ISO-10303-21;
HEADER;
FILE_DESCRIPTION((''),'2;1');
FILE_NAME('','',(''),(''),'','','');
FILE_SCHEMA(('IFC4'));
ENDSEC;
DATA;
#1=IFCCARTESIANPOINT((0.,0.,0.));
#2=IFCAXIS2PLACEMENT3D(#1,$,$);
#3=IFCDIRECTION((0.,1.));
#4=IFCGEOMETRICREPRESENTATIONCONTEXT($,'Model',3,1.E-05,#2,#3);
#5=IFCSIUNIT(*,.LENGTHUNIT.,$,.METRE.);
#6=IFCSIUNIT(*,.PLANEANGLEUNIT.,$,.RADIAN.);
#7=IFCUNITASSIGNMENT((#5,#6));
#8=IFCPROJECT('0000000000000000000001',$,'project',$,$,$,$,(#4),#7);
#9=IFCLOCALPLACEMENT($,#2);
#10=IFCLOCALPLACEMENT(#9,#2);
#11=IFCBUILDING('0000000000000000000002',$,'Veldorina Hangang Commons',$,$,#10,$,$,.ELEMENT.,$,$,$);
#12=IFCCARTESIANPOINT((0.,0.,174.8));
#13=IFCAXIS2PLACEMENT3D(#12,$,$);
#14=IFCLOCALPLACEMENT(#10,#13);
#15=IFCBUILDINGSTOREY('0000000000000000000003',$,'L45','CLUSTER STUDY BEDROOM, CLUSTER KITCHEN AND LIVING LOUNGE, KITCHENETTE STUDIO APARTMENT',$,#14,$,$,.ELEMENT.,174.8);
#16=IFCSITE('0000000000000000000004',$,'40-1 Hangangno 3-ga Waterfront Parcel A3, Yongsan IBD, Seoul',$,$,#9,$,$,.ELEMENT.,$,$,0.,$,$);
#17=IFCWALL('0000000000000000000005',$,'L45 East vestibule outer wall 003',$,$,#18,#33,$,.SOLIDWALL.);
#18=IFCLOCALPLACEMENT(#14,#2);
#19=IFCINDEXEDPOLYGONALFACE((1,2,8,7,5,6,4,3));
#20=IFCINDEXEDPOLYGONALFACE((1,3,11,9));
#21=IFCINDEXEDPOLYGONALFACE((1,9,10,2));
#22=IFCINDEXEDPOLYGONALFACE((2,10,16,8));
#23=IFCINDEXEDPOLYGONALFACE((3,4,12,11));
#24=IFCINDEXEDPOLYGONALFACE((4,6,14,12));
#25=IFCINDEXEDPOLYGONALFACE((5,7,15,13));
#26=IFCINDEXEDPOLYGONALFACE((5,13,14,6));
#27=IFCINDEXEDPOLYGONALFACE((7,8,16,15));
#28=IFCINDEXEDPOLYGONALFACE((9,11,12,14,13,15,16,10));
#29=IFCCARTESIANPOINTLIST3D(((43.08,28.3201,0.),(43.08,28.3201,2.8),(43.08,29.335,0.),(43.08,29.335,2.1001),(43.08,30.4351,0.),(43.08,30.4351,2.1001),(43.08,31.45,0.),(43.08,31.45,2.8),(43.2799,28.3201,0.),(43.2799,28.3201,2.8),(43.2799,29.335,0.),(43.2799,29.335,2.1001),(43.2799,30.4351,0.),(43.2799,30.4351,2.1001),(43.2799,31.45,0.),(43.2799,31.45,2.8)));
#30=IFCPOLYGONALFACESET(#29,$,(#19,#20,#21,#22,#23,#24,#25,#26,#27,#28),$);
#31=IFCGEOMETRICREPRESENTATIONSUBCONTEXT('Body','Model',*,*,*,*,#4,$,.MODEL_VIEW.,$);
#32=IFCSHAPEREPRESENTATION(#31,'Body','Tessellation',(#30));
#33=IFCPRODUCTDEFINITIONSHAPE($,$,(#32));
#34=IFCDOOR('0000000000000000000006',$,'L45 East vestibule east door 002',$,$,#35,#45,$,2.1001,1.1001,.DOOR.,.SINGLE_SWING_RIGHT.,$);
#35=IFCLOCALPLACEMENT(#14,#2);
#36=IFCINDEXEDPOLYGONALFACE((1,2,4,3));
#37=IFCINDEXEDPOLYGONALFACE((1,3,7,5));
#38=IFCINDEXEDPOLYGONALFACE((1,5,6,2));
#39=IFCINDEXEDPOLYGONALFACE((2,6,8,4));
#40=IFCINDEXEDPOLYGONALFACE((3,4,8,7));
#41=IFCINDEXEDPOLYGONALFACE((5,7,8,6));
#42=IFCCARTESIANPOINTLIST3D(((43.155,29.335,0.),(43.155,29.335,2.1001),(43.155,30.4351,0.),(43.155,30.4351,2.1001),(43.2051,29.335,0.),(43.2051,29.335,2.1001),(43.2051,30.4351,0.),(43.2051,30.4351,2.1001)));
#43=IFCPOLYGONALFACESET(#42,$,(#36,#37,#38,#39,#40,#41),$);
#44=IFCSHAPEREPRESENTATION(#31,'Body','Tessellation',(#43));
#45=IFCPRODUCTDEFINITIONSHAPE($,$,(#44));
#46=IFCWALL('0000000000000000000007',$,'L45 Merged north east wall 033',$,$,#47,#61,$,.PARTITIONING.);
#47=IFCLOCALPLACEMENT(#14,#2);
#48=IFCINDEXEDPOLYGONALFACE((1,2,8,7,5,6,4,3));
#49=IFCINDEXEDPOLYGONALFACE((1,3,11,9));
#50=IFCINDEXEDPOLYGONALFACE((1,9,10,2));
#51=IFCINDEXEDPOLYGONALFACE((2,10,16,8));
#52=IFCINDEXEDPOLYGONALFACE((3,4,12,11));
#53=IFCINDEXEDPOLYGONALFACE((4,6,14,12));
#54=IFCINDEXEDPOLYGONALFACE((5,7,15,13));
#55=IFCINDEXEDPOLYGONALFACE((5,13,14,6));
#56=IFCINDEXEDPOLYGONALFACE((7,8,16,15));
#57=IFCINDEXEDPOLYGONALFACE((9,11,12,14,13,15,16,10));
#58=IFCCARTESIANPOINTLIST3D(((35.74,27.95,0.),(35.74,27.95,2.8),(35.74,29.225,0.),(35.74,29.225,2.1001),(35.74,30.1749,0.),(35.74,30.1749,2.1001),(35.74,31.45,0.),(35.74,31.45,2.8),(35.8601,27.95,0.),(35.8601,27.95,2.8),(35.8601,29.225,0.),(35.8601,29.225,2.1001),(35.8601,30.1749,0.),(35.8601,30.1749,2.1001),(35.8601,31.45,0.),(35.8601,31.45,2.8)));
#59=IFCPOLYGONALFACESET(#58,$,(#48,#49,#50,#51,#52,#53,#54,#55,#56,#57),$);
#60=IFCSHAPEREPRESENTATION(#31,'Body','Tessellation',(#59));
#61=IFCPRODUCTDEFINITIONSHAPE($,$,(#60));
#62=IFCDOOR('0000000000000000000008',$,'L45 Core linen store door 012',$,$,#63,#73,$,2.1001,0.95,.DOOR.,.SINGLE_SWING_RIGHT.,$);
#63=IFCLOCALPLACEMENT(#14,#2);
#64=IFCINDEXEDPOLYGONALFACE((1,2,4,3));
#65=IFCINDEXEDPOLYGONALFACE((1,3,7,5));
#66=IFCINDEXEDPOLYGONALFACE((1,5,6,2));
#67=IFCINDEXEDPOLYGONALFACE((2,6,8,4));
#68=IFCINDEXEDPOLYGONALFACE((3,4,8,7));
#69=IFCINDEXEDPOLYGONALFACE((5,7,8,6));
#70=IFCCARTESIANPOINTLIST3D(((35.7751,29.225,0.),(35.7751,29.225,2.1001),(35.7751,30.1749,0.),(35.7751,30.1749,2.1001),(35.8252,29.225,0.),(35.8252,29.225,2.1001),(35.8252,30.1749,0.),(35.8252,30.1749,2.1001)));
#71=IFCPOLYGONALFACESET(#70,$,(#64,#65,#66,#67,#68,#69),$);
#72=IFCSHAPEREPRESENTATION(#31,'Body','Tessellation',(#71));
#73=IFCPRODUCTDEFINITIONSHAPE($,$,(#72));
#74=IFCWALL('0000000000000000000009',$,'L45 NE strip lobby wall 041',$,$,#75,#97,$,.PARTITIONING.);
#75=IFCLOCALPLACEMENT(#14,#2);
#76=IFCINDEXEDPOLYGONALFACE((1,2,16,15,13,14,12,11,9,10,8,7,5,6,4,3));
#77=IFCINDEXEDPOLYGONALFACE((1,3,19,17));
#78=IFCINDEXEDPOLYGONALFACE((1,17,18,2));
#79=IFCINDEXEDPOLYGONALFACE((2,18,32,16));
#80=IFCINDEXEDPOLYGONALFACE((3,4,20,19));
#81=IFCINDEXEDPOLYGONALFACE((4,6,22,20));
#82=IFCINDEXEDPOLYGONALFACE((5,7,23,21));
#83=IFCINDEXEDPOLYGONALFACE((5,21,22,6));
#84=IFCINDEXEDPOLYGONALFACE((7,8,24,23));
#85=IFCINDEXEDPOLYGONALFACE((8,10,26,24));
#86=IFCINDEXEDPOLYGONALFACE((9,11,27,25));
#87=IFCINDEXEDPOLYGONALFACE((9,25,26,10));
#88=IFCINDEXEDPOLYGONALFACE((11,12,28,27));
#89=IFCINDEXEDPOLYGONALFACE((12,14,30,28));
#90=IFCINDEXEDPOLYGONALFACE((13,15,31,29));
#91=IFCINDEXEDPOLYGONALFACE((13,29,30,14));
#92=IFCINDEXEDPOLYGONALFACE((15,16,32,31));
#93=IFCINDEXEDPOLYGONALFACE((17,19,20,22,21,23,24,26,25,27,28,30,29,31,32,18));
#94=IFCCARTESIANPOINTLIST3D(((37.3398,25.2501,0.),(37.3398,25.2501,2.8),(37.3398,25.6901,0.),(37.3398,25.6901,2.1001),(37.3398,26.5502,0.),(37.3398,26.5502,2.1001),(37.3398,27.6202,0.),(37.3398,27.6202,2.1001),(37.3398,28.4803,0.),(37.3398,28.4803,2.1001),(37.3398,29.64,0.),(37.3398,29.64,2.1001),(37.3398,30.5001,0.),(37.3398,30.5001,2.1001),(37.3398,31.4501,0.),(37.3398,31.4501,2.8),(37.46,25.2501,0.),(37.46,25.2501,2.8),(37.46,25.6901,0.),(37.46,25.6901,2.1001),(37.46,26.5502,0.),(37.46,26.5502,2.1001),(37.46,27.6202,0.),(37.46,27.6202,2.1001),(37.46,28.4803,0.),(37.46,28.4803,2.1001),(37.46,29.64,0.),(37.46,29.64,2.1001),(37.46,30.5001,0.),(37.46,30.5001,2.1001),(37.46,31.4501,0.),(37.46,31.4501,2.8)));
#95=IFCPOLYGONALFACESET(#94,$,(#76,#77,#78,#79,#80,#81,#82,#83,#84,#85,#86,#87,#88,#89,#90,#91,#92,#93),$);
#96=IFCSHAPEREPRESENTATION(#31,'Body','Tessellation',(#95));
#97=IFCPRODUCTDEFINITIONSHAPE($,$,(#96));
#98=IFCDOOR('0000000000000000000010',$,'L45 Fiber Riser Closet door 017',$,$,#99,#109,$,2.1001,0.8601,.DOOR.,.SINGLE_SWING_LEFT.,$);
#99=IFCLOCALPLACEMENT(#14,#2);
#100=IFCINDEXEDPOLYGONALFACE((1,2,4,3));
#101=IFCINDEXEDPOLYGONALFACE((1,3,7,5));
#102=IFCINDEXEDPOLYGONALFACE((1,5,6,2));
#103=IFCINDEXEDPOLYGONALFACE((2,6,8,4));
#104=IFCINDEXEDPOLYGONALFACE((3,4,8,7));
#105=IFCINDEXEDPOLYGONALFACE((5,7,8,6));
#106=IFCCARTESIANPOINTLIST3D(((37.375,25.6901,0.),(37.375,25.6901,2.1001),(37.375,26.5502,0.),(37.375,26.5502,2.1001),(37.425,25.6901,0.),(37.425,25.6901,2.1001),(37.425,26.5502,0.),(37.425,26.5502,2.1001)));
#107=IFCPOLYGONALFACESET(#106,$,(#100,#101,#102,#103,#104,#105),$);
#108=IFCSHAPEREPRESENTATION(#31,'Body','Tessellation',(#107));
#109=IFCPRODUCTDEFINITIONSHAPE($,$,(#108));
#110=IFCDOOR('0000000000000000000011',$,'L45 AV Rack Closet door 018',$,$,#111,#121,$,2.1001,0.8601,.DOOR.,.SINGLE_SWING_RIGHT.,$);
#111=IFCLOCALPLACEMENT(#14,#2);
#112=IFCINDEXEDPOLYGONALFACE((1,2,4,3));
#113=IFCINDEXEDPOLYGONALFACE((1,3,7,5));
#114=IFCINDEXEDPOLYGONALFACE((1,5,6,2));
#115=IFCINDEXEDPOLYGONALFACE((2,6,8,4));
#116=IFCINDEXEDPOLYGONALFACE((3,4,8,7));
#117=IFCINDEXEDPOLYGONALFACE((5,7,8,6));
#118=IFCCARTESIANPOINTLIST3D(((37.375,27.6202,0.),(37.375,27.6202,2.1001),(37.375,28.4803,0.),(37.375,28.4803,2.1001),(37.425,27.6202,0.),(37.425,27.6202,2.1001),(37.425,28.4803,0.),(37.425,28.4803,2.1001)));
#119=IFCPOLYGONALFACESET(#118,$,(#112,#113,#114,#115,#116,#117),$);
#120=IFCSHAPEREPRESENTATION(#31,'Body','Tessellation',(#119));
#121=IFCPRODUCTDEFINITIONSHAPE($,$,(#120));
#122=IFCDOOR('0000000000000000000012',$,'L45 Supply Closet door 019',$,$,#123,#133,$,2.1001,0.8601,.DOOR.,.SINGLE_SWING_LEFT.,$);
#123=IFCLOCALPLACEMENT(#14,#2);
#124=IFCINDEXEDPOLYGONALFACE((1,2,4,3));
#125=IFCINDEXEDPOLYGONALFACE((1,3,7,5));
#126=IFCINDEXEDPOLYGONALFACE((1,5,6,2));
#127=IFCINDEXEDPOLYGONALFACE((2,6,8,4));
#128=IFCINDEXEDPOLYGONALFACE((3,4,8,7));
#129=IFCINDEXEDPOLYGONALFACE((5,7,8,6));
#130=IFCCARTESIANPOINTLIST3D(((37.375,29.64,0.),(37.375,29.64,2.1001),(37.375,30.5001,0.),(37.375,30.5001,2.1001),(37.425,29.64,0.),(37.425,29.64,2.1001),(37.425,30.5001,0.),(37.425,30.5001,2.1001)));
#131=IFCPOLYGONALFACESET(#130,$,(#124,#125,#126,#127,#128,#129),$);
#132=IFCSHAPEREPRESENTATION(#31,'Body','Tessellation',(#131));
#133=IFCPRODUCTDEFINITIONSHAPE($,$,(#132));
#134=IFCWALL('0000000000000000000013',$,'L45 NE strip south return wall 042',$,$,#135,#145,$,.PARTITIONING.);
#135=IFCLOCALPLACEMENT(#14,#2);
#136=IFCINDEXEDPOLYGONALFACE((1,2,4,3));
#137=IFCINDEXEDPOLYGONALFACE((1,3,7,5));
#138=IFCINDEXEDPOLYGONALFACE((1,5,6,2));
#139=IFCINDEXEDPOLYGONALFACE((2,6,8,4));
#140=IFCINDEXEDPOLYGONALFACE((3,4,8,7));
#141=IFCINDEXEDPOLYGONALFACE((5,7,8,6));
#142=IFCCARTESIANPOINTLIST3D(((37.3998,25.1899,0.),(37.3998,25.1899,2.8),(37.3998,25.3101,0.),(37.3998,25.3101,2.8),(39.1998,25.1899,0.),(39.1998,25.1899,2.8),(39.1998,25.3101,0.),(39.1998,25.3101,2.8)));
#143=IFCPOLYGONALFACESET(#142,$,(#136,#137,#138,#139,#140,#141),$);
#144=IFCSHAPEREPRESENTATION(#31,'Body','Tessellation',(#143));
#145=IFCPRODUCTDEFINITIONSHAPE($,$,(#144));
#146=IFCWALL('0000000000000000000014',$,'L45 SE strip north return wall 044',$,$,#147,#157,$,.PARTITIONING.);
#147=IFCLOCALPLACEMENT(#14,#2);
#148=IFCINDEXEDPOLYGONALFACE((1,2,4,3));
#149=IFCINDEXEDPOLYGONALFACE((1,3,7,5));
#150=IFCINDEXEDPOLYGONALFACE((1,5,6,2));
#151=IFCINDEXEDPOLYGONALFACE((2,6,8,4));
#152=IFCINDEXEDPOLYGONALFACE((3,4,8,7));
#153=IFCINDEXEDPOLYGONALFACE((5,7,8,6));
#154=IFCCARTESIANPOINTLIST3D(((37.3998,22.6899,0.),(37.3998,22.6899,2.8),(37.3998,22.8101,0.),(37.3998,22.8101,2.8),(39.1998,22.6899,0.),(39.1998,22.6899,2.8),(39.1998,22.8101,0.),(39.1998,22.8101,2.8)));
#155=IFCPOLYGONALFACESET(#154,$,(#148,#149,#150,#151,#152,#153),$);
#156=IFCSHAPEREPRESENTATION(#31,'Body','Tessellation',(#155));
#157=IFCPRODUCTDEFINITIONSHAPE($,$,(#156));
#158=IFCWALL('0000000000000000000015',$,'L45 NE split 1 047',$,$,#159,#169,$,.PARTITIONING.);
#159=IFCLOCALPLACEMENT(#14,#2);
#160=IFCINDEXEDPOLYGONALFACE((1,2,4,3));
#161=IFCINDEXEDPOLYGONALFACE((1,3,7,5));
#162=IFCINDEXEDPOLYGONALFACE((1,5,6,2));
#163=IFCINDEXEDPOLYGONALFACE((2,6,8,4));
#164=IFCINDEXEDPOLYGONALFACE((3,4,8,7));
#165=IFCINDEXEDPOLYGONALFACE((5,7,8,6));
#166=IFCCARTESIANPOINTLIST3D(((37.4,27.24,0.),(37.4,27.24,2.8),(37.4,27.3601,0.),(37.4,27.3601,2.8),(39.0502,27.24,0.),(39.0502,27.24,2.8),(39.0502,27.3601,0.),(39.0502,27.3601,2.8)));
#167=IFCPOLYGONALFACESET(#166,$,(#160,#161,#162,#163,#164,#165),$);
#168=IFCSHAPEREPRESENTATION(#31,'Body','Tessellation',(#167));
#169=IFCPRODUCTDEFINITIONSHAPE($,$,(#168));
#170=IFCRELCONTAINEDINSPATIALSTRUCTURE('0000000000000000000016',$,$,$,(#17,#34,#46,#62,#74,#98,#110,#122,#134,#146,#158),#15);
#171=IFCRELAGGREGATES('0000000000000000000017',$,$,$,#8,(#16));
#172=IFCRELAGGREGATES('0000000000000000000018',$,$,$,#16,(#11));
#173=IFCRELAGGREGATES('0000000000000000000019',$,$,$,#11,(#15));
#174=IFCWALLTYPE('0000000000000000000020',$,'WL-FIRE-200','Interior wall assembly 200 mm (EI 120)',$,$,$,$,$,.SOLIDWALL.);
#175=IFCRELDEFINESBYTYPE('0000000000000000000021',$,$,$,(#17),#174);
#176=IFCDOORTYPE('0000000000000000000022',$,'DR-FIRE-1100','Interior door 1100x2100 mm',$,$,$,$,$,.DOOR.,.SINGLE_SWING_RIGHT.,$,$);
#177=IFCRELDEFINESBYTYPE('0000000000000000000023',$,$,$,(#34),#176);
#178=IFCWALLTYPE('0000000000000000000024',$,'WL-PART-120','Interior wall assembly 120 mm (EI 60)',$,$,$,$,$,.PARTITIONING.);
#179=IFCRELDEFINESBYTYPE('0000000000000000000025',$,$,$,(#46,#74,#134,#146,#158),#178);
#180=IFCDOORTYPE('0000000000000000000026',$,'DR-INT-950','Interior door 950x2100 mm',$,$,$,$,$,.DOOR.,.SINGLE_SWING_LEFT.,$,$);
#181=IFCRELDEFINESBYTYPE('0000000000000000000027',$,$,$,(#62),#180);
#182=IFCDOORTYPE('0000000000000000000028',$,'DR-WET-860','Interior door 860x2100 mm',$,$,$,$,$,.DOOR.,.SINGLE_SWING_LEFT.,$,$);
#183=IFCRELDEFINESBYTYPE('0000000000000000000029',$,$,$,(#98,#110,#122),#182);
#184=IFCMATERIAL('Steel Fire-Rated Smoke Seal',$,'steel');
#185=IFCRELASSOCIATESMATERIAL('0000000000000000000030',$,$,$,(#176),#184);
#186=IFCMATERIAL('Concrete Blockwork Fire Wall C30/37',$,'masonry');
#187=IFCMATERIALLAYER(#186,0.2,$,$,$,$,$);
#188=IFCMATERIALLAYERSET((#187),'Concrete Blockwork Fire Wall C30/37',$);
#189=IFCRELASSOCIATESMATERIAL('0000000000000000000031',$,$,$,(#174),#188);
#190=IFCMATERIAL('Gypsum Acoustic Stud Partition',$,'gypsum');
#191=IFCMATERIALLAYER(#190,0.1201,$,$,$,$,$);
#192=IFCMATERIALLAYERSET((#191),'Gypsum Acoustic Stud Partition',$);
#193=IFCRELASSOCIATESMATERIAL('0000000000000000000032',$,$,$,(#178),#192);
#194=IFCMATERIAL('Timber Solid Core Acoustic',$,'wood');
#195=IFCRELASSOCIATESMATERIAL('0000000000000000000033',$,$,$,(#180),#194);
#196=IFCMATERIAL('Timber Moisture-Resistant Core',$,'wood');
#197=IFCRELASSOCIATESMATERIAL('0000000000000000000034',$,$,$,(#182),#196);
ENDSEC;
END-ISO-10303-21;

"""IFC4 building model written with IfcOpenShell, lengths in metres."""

from ifc_helpers import new_model, si_unit, direction, frame, frame_2d, origin, place, context, subcontext, project, spatial, rectangle, extrude, material, layer, layer_set, type_object, element, fill, save


model = new_model("IFC4")

# Units and contexts
model_context = context("Model", 3, precision=1e-05, world=origin(), true_north=direction((0.0, 1.0)))
body_context = subcontext(model_context, "Body", "Model", "MODEL_VIEW")
ifc_project = project(units=[si_unit("LENGTHUNIT", "METRE"), si_unit("PLANEANGLEUNIT", "RADIAN")], contexts=[model_context])

# Site, building, storey
site_placement = place(None, origin())
site = spatial("IfcSite", under=ifc_project, at=site_placement, Name="40-1 Hangangno 3-ga Waterfront Parcel A3, Yongsan IBD, Seoul", CompositionType="ELEMENT", RefElevation=0.0)
building_placement = place(site_placement, origin())
building = spatial("IfcBuilding", under=site, at=building_placement, Name="Veldorina Hangang Commons", CompositionType="ELEMENT")
storey_placement = place(building_placement, frame((0.0, 0.0, 174.8)))
storey = spatial("IfcBuildingStorey", under=building, at=storey_placement, Name="L45", Description="CLUSTER STUDY BEDROOM, CLUSTER KITCHEN AND LIVING LOUNGE, KITCHENETTE STUDIO APARTMENT", CompositionType="ELEMENT", Elevation=174.8)

# Shared definitions
ifc_material_1 = material(Name="Steel Fire-Rated Smoke Seal", Category="steel")
door_type_1 = type_object("IfcDoorType", Name="DR-FIRE-1100", Description="Interior door 1100x2100 mm", OperationType="SINGLE_SWING_RIGHT", PredefinedType="DOOR", material=ifc_material_1)

# Walls, openings, doors
ifc_material_2 = material(Name="Concrete Blockwork Fire Wall C30/37", Category="masonry")
ifc_layer_1 = layer(ifc_material_2, 0.2)
ifc_layer_set_1 = layer_set([ifc_layer_1], Name="Concrete Blockwork Fire Wall C30/37")
wall_type_1 = type_object("IfcWallType", Name="WL-FIRE-200", Description="Interior wall assembly 200 mm (EI 120)", PredefinedType="SOLIDWALL", material=ifc_layer_set_1)
wall_1_placement = place(storey_placement, frame((43.1799, 28.3201, 0.0), z_axis=(0.0, 0.0, 1.0), x_axis=(0.0, 1.0, 0.0)))
wall_1 = element("IfcWall", 1, at=wall_1_placement, inside=storey, type_object=wall_type_1, Name="L45 East vestibule outer wall 003", PredefinedType="SOLIDWALL", context=body_context, shape_type="SweptSolid", body=[
    extrude(rectangle(XDim=3.1299, YDim=0.2, at=frame_2d((1.5649, 0.0))), origin(), (0.0, 0.0, 1.0), 2.8),
])
opening_1_placement = place(wall_1_placement, frame((1.0149, 0.0, 0.0)))
opening_1 = element("IfcOpeningElement", 2, at=opening_1_placement, cuts=wall_1, PredefinedType="OPENING", context=body_context, shape_type="SweptSolid", body=[
    extrude(rectangle(XDim=1.1001, YDim=2.1001, at=frame_2d((0.55, 1.05))), frame((0.0, 0.1099, 0.0), z_axis=(0.0, -1.0, 0.0), x_axis=(1.0, 0.0, 0.0)), (0.0, 0.0, 1.0), 0.22),
])
door_1_placement = place(opening_1_placement, origin())
door_1 = element("IfcDoor", 3, at=door_1_placement, inside=storey, type_object=door_type_1, Name="L45 East vestibule east door 002", OperationType="SINGLE_SWING_RIGHT", OverallHeight=2.1001, OverallWidth=1.1001, PredefinedType="DOOR", context=body_context, shape_type="SweptSolid", body=[
    extrude(rectangle(XDim=1.1001, YDim=2.1001, at=frame_2d((0.55, 1.05))), frame((0.0, 0.0249, 0.0), z_axis=(0.0, -1.0, 0.0), x_axis=(1.0, 0.0, 0.0)), (0.0, 0.0, 1.0), 0.05),
])
fill(opening_1, door_1)
ifc_material_3 = material(Name="Gypsum Acoustic Stud Partition", Category="gypsum")
ifc_layer_2 = layer(ifc_material_3, 0.1201)
ifc_layer_set_2 = layer_set([ifc_layer_2], Name="Gypsum Acoustic Stud Partition")
wall_type_2 = type_object("IfcWallType", Name="WL-PART-120", Description="Interior wall assembly 120 mm (EI 60)", PredefinedType="PARTITIONING", material=ifc_layer_set_2)
wall_2_placement = place(storey_placement, frame((35.8, 27.95, 0.0), z_axis=(0.0, 0.0, 1.0), x_axis=(0.0, 1.0, 0.0)))
wall_2 = element("IfcWall", 4, at=wall_2_placement, inside=storey, type_object=wall_type_2, Name="L45 Merged north east wall 033", PredefinedType="PARTITIONING", context=body_context, shape_type="SweptSolid", body=[
    extrude(rectangle(XDim=3.5, YDim=0.1201, at=frame_2d((1.75, 0.0))), origin(), (0.0, 0.0, 1.0), 2.8),
])
opening_2_placement = place(wall_2_placement, frame((1.2749, 0.0, 0.0)))
opening_2 = element("IfcOpeningElement", 5, at=opening_2_placement, cuts=wall_2, PredefinedType="OPENING", context=body_context, shape_type="SweptSolid", body=[
    extrude(rectangle(XDim=0.95, YDim=2.1001, at=frame_2d((0.4751, 1.05))), frame((0.0, 0.0701, 0.0), z_axis=(0.0, -1.0, 0.0), x_axis=(1.0, 0.0, 0.0)), (0.0, 0.0, 1.0), 0.1401),
])
ifc_material_4 = material(Name="Timber Solid Core Acoustic", Category="wood")
door_type_2 = type_object("IfcDoorType", Name="DR-INT-950", Description="Interior door 950x2100 mm", OperationType="SINGLE_SWING_LEFT", PredefinedType="DOOR", material=ifc_material_4)
door_2_placement = place(opening_2_placement, origin())
door_2 = element("IfcDoor", 6, at=door_2_placement, inside=storey, type_object=door_type_2, Name="L45 Core linen store door 012", OperationType="SINGLE_SWING_RIGHT", OverallHeight=2.1001, OverallWidth=0.95, PredefinedType="DOOR", context=body_context, shape_type="SweptSolid", body=[
    extrude(rectangle(XDim=0.95, YDim=2.1001, at=frame_2d((0.4751, 1.05))), frame((0.0, 0.0249, 0.0), z_axis=(0.0, -1.0, 0.0), x_axis=(1.0, 0.0, 0.0)), (0.0, 0.0, 1.0), 0.05),
])
fill(opening_2, door_2)

# Wall, openings, doors
wall_3_placement = place(storey_placement, frame((37.3999, 25.25, 0.0), z_axis=(0.0, 0.0, 1.0), x_axis=(0.0, 1.0, 0.0)))
wall_3 = element("IfcWall", 7, at=wall_3_placement, inside=storey, type_object=wall_type_2, Name="L45 NE strip lobby wall 041", PredefinedType="PARTITIONING", context=body_context, shape_type="SweptSolid", body=[
    extrude(rectangle(XDim=6.2, YDim=0.1201, at=frame_2d((3.1001, 0.0))), origin(), (0.0, 0.0, 1.0), 2.8),
])
opening_3_placement = place(wall_3_placement, frame((0.4399, 0.0, 0.0)))
opening_3 = element("IfcOpeningElement", 8, at=opening_3_placement, cuts=wall_3, PredefinedType="OPENING", context=body_context, shape_type="SweptSolid", body=[
    extrude(rectangle(XDim=0.8601, YDim=2.1001, at=frame_2d((0.4302, 1.05))), frame((0.0, 0.0701, 0.0), z_axis=(0.0, -1.0, 0.0), x_axis=(1.0, 0.0, 0.0)), (0.0, 0.0, 1.0), 0.1401),
])
opening_4_placement = place(wall_3_placement, frame((2.3701, 0.0, 0.0)))
opening_4 = element("IfcOpeningElement", 9, at=opening_4_placement, cuts=wall_3, PredefinedType="OPENING", context=body_context, shape_type="SweptSolid", body=[
    extrude(rectangle(XDim=0.8601, YDim=2.1001, at=frame_2d((0.4302, 1.05))), frame((0.0, 0.0701, 0.0), z_axis=(0.0, -1.0, 0.0), x_axis=(1.0, 0.0, 0.0)), (0.0, 0.0, 1.0), 0.1401),
])
opening_5_placement = place(wall_3_placement, frame((4.3899, 0.0, 0.0)))
opening_5 = element("IfcOpeningElement", 10, at=opening_5_placement, cuts=wall_3, PredefinedType="OPENING", context=body_context, shape_type="SweptSolid", body=[
    extrude(rectangle(XDim=0.8601, YDim=2.1001, at=frame_2d((0.4302, 1.05))), frame((0.0, 0.0701, 0.0), z_axis=(0.0, -1.0, 0.0), x_axis=(1.0, 0.0, 0.0)), (0.0, 0.0, 1.0), 0.1401),
])
ifc_material_5 = material(Name="Timber Moisture-Resistant Core", Category="wood")
door_type_3 = type_object("IfcDoorType", Name="DR-WET-860", Description="Interior door 860x2100 mm", OperationType="SINGLE_SWING_LEFT", PredefinedType="DOOR", material=ifc_material_5)
door_3_placement = place(opening_3_placement, origin())
door_3 = element("IfcDoor", 11, at=door_3_placement, inside=storey, type_object=door_type_3, Name="L45 Fiber Riser Closet door 017", OperationType="SINGLE_SWING_LEFT", OverallHeight=2.1001, OverallWidth=0.8601, PredefinedType="DOOR", context=body_context, shape_type="SweptSolid", body=[
    extrude(rectangle(XDim=0.8601, YDim=2.1001, at=frame_2d((0.4302, 1.05))), frame((0.0, 0.0249, 0.0), z_axis=(0.0, -1.0, 0.0), x_axis=(1.0, 0.0, 0.0)), (0.0, 0.0, 1.0), 0.05),
])
fill(opening_3, door_3)
door_4_placement = place(opening_4_placement, origin())
door_4 = element("IfcDoor", 12, at=door_4_placement, inside=storey, type_object=door_type_3, Name="L45 AV Rack Closet door 018", OperationType="SINGLE_SWING_RIGHT", OverallHeight=2.1001, OverallWidth=0.8601, PredefinedType="DOOR", context=body_context, shape_type="SweptSolid", body=[
    extrude(rectangle(XDim=0.8601, YDim=2.1001, at=frame_2d((0.4302, 1.05))), frame((0.0, 0.0249, 0.0), z_axis=(0.0, -1.0, 0.0), x_axis=(1.0, 0.0, 0.0)), (0.0, 0.0, 1.0), 0.05),
])
fill(opening_4, door_4)
door_5_placement = place(opening_5_placement, origin())
door_5 = element("IfcDoor", 13, at=door_5_placement, inside=storey, type_object=door_type_3, Name="L45 Supply Closet door 019", OperationType="SINGLE_SWING_LEFT", OverallHeight=2.1001, OverallWidth=0.8601, PredefinedType="DOOR", context=body_context, shape_type="SweptSolid", body=[
    extrude(rectangle(XDim=0.8601, YDim=2.1001, at=frame_2d((0.4302, 1.05))), frame((0.0, 0.0249, 0.0), z_axis=(0.0, -1.0, 0.0), x_axis=(1.0, 0.0, 0.0)), (0.0, 0.0, 1.0), 0.05),
])
fill(opening_5, door_5)

# Walls
for number, where, z_axis, x_axis, name in (
    (14, (37.3999, 25.25, 0.0), (0.0, 0.0, 1.0), (1.0, 0.0, 0.0), "L45 NE strip south return wall 042"),
    (15, (37.3999, 22.75, 0.0), (0.0, 0.0, 1.0), (1.0, 0.0, 0.0), "L45 SE strip north return wall 044"),
):
    element("IfcWall", number, at=place(storey_placement, frame(where, z_axis=z_axis, x_axis=x_axis)), inside=storey, type_object=wall_type_2, Name=name, PredefinedType="PARTITIONING", context=body_context, shape_type="SweptSolid", body=[
        extrude(rectangle(XDim=1.8, YDim=0.1201, at=frame_2d((0.8999, 0.0))), origin(), (0.0, 0.0, 1.0), 2.8),
    ])
for number, where, z_axis, x_axis, name in (
    (16, (37.3999, 27.3, 0.0), (0.0, 0.0, 1.0), (1.0, 0.0, 0.0), "L45 NE split 1 047"),
):
    element("IfcWall", number, at=place(storey_placement, frame(where, z_axis=z_axis, x_axis=x_axis)), inside=storey, type_object=wall_type_2, Name=name, PredefinedType="PARTITIONING", context=body_context, shape_type="SweptSolid", body=[
        extrude(rectangle(XDim=1.6501, YDim=0.1201, at=frame_2d((0.8252, 0.0))), origin(), (0.0, 0.0, 1.0), 2.8),
    ])

save(model, "model.ifc")
